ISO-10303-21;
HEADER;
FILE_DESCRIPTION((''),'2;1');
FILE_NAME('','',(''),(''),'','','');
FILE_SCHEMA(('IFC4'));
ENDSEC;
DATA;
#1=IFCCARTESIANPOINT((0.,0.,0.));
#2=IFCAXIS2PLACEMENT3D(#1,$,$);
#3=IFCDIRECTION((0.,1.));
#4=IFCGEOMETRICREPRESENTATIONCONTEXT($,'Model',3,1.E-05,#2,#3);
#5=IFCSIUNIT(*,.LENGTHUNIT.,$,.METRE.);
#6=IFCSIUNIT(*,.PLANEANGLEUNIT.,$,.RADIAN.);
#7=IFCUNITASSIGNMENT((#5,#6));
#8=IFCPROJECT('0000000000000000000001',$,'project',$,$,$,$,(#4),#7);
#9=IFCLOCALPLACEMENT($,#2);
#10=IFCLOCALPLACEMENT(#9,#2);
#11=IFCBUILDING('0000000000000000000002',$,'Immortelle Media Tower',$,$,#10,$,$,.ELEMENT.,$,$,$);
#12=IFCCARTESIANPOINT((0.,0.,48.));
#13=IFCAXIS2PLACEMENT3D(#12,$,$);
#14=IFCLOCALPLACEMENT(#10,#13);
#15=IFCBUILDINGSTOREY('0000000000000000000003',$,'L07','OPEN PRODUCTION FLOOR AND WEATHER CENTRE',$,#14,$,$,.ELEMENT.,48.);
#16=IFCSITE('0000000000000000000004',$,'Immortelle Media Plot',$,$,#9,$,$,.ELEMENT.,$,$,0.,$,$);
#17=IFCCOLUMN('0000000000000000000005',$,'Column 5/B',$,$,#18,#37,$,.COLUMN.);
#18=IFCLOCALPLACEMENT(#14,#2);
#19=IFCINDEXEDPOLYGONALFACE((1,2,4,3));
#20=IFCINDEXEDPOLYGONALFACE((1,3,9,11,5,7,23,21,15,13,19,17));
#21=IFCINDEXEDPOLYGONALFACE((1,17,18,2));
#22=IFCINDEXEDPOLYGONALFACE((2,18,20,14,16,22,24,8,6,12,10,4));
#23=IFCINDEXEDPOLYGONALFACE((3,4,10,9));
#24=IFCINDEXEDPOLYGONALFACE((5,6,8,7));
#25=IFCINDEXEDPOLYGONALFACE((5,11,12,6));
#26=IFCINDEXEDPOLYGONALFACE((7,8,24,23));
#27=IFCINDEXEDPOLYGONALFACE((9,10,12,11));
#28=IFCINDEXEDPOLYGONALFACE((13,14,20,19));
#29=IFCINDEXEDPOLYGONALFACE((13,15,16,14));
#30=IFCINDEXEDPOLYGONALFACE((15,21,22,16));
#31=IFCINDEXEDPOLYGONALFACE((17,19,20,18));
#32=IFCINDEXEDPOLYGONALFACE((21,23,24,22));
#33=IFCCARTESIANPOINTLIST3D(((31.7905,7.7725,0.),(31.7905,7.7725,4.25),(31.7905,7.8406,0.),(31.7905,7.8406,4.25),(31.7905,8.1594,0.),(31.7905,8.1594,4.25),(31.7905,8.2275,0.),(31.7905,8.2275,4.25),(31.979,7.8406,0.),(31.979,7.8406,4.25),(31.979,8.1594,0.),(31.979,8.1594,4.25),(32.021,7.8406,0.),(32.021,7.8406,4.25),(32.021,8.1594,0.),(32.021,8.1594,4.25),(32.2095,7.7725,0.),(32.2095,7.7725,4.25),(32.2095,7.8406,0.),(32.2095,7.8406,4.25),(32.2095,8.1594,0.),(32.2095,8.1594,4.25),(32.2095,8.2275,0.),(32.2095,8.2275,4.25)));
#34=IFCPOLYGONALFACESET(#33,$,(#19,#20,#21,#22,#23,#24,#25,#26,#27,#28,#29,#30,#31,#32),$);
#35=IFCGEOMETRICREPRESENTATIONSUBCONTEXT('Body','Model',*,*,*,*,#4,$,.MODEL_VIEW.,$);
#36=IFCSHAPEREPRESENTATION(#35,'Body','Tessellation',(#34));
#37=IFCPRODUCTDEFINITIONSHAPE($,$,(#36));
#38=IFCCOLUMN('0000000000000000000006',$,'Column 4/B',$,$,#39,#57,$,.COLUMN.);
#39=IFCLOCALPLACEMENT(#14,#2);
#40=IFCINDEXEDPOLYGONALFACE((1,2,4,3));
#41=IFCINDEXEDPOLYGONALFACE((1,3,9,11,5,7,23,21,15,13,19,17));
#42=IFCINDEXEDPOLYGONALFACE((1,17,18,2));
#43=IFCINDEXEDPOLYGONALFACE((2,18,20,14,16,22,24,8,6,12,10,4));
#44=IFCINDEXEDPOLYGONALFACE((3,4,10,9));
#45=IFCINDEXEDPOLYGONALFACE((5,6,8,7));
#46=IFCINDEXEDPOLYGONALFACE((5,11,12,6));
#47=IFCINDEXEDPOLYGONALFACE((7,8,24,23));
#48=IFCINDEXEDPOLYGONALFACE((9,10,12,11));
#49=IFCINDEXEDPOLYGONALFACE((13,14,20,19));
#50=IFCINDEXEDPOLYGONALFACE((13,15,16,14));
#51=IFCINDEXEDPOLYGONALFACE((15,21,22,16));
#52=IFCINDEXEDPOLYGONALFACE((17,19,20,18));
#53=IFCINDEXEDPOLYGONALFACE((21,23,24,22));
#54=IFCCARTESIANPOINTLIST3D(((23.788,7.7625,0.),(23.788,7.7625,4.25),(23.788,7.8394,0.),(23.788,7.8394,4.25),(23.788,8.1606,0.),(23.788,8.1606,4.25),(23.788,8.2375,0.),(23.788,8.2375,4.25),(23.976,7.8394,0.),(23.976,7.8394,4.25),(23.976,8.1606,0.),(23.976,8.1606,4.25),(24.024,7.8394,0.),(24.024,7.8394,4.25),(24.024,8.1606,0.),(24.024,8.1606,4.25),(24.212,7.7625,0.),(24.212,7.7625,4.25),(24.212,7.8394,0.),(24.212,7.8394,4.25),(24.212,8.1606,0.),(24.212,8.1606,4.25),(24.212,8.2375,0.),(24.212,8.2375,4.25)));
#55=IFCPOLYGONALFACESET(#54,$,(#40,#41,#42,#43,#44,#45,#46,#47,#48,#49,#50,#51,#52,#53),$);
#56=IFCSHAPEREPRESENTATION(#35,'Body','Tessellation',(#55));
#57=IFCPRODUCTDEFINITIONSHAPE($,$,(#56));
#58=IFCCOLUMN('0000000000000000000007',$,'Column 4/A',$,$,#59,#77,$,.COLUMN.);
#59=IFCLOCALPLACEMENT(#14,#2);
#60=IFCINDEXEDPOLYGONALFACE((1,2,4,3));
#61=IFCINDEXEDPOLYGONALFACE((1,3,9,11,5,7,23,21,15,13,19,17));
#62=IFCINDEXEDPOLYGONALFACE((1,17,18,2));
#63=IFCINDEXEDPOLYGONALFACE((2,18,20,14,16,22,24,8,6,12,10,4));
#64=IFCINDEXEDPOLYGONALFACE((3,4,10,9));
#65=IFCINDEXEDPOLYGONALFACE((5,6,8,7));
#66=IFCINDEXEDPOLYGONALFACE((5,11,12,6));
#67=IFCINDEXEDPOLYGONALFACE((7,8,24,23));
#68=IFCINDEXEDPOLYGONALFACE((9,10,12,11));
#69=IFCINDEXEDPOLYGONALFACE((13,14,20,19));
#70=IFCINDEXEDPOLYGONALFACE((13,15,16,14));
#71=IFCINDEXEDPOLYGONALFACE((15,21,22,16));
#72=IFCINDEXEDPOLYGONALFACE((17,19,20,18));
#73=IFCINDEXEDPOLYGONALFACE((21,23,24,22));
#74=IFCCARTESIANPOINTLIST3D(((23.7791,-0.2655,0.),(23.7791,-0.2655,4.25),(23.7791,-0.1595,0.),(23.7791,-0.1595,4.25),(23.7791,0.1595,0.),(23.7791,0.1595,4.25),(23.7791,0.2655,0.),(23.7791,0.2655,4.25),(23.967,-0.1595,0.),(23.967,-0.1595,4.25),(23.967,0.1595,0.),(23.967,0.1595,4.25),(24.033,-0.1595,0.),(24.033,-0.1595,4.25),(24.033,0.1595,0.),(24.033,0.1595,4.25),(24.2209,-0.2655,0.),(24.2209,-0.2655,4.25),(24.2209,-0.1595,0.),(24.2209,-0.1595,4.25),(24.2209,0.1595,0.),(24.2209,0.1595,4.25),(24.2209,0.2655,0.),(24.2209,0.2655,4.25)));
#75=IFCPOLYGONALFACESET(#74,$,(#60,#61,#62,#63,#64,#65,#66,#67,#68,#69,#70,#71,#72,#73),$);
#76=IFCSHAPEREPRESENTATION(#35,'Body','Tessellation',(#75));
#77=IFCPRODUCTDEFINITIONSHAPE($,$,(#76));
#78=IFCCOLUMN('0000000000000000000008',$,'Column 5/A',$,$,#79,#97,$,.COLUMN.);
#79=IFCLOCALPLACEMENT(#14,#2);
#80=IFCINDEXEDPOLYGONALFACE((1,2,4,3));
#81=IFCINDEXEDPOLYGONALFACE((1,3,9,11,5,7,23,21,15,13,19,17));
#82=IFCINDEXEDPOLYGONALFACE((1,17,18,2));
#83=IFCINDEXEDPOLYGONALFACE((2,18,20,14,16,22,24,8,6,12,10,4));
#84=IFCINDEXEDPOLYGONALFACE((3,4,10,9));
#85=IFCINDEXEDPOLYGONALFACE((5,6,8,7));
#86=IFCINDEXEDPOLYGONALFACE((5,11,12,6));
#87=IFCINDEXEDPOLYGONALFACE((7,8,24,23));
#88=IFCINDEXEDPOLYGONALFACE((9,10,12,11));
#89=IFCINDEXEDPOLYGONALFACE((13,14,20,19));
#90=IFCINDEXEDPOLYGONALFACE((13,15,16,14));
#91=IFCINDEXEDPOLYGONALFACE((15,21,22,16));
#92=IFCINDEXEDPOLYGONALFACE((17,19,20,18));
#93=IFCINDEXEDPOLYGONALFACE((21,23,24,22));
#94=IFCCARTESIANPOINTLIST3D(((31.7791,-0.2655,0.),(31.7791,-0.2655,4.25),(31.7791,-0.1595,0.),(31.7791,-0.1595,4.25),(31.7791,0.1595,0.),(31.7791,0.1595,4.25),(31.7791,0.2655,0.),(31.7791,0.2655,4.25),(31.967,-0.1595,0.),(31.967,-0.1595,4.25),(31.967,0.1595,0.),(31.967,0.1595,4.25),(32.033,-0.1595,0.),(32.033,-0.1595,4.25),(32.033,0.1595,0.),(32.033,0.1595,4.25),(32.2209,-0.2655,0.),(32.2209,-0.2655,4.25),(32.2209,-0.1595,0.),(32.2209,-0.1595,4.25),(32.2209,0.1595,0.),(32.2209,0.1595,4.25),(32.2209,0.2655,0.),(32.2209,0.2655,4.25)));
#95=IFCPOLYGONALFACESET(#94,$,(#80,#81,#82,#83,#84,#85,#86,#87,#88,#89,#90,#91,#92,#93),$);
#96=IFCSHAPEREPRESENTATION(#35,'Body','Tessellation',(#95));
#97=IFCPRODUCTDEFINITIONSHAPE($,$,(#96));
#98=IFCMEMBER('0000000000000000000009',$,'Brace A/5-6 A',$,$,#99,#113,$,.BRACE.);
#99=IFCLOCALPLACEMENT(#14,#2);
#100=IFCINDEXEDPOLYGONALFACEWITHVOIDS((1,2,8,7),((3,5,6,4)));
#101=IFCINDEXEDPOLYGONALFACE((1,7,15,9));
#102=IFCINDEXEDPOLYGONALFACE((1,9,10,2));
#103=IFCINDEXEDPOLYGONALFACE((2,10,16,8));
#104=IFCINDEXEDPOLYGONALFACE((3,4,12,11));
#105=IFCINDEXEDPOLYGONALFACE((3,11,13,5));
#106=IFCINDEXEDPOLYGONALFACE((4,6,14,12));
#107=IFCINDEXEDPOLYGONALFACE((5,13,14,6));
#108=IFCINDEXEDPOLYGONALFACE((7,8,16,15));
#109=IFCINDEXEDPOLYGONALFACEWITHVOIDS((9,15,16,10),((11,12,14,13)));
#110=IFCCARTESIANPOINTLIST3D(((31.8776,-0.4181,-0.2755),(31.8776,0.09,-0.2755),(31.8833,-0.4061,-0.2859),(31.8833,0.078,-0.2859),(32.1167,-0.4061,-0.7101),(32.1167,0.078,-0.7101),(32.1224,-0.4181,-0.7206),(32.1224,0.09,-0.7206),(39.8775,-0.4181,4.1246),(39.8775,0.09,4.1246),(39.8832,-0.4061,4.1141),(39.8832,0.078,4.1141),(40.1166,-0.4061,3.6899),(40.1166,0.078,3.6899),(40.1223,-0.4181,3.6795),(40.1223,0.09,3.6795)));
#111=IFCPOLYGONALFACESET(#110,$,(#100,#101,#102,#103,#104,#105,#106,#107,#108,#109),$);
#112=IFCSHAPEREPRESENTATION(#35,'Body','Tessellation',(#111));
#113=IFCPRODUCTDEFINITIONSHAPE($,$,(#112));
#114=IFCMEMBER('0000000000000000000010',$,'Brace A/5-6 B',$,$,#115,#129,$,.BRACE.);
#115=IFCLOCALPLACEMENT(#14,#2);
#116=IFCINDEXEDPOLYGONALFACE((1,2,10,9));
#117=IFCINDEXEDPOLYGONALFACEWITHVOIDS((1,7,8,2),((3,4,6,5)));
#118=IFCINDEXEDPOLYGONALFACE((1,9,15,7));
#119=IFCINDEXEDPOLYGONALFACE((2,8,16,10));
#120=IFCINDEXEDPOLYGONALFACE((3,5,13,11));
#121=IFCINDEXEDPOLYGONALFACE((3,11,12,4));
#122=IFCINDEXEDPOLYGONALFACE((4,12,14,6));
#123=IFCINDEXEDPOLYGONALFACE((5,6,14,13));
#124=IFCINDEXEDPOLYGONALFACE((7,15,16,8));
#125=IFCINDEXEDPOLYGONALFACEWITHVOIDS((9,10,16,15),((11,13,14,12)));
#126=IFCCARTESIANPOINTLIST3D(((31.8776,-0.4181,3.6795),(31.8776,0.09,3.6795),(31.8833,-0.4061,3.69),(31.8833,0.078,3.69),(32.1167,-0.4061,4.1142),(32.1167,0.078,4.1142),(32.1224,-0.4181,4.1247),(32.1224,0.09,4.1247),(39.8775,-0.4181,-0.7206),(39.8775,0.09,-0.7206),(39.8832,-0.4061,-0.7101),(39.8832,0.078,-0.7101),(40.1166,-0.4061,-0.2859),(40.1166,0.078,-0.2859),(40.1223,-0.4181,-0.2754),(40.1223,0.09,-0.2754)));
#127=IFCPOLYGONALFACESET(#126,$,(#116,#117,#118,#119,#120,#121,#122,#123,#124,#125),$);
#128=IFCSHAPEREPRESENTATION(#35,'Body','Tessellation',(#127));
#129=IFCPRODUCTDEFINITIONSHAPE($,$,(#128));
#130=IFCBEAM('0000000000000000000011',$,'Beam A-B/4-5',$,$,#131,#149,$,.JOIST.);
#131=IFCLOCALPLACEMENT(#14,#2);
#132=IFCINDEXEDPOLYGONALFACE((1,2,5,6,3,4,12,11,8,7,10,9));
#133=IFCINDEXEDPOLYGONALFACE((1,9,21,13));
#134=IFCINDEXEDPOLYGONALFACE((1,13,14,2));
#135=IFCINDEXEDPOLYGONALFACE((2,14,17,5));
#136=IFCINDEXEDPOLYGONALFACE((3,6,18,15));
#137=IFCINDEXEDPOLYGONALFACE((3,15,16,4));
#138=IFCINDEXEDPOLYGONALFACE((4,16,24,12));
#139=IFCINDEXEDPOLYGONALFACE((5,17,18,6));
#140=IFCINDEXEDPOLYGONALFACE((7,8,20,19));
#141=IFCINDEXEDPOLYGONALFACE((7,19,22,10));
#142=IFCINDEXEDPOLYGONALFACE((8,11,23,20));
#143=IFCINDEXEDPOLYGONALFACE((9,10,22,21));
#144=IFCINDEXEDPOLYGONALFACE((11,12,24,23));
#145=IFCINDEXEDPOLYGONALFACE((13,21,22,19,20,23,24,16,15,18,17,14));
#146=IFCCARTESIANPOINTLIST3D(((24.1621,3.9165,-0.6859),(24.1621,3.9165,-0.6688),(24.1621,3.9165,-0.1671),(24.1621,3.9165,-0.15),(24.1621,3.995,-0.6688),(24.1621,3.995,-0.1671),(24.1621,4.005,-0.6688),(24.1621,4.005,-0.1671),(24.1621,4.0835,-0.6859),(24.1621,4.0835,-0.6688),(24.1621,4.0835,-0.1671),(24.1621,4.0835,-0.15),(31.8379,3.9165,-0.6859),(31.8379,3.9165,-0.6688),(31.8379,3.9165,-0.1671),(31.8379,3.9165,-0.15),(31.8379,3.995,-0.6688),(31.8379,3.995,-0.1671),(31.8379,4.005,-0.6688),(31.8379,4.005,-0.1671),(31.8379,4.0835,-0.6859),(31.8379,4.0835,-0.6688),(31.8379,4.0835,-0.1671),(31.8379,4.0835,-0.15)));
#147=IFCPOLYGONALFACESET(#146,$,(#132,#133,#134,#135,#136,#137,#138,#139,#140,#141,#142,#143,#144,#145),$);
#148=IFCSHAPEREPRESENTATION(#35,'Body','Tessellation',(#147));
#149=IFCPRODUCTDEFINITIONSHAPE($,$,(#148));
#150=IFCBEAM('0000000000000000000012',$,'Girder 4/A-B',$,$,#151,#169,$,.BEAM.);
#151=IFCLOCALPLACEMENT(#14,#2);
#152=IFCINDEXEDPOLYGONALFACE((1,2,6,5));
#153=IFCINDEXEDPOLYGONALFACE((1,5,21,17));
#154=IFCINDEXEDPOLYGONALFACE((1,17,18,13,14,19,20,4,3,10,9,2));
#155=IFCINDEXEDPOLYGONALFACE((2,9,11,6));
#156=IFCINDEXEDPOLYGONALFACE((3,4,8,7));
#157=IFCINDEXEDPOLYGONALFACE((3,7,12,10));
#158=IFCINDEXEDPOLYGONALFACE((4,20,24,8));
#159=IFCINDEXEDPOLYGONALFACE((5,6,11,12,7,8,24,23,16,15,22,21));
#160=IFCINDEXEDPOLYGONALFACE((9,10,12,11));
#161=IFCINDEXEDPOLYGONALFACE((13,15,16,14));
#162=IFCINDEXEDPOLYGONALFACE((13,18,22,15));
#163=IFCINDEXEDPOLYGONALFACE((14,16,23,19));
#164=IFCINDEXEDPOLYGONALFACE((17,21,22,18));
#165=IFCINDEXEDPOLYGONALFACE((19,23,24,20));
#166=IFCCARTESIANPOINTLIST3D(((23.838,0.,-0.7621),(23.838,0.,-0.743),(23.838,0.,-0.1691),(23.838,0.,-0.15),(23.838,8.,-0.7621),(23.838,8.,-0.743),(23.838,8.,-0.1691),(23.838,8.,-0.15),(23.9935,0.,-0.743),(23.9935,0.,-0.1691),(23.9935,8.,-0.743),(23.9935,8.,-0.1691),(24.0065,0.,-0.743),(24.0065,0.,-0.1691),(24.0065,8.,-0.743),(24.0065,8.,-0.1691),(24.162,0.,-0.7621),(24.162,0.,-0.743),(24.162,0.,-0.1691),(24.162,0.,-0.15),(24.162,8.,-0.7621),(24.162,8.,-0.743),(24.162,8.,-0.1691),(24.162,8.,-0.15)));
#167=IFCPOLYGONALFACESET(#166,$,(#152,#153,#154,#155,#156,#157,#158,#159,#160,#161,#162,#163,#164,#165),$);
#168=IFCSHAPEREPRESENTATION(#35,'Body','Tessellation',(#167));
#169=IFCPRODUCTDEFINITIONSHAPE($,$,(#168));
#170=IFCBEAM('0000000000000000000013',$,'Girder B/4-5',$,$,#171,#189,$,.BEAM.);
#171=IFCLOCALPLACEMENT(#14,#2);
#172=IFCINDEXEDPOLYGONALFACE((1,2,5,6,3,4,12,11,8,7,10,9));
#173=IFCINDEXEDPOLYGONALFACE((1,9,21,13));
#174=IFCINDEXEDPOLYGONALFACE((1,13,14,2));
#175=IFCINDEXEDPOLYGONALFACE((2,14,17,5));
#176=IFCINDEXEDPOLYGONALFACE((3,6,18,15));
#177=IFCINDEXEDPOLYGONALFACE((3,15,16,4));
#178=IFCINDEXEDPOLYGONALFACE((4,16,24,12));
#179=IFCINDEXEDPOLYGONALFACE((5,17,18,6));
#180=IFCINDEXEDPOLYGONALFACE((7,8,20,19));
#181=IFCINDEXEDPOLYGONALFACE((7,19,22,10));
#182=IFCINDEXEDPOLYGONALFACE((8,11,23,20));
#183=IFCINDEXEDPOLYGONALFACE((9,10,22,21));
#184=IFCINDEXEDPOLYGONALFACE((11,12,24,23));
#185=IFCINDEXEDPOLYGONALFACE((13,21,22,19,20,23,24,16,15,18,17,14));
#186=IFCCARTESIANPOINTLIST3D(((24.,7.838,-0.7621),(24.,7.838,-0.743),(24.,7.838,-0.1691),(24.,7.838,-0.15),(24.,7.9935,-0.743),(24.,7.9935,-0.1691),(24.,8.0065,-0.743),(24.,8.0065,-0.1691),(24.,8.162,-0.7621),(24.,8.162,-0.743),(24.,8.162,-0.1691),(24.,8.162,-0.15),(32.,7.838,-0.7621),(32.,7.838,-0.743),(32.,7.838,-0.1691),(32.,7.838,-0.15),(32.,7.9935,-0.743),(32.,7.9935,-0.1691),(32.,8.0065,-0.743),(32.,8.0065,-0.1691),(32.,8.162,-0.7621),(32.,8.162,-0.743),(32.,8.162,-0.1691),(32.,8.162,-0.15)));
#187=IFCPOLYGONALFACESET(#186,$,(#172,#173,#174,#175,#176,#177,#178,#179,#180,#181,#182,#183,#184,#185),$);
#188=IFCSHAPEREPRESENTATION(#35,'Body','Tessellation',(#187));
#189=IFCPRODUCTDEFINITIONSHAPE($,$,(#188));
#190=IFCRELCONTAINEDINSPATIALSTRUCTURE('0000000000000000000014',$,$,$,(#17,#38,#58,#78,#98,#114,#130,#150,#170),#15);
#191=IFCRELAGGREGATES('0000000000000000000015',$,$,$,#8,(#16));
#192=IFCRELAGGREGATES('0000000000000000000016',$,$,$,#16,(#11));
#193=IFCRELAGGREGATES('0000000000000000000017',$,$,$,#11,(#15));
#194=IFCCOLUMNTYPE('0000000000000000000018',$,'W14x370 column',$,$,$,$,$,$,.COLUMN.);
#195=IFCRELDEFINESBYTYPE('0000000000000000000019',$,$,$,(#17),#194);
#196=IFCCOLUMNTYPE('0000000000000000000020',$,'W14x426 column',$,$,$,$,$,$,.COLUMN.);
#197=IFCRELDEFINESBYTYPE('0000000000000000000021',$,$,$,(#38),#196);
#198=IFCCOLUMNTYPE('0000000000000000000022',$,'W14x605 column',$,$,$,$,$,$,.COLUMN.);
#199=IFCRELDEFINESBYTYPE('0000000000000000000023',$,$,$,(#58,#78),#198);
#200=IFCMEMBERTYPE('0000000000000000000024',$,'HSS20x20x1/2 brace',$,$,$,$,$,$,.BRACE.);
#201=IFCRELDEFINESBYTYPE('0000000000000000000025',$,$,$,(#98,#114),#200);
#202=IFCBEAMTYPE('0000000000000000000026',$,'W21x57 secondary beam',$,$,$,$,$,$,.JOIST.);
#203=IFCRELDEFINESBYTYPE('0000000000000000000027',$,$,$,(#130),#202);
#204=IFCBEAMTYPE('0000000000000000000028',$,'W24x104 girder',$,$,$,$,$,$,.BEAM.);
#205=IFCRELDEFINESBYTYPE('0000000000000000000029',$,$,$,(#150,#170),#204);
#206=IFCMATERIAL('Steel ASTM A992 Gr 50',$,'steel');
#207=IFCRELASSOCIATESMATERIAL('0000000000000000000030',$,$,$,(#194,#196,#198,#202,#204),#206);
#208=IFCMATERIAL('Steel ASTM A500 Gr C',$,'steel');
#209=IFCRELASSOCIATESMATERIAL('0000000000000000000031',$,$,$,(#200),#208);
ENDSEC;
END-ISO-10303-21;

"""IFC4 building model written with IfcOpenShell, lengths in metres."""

from ifc_helpers import new_model, si_unit, direction, frame, origin, origin_2d, place, context, subcontext, project, spatial, hollow_rectangle, i_section, extrude, material, material_profile, profile_set, type_object, element, save


model = new_model("IFC4")

# Units and contexts
model_context = context("Model", 3, precision=1e-05, world=origin(), true_north=direction((0.0, 1.0)))
body_context = subcontext(model_context, "Body", "Model", "MODEL_VIEW")
ifc_project = project(units=[si_unit("LENGTHUNIT", "METRE"), si_unit("PLANEANGLEUNIT", "RADIAN")], contexts=[model_context])

# Site, building, storey
site_placement = place(None, origin())
site = spatial("IfcSite", under=ifc_project, at=site_placement, Name="Immortelle Media Plot", CompositionType="ELEMENT", RefElevation=0.0)
building_placement = place(site_placement, origin())
building = spatial("IfcBuilding", under=site, at=building_placement, Name="Immortelle Media Tower", CompositionType="ELEMENT")
storey_placement = place(building_placement, frame((0.0, 0.0, 48.0)))
storey = spatial("IfcBuildingStorey", under=building, at=storey_placement, Name="L07", Description="OPEN PRODUCTION FLOOR AND WEATHER CENTRE", CompositionType="ELEMENT", Elevation=48.0)

# Columns
ifc_material_1 = material(Name="Steel ASTM A992 Gr 50", Category="steel")
ifc_material_profile_1 = material_profile(ifc_material_1, i_section(OverallWidth=0.4189, OverallDepth=0.4551, WebThickness=0.042, FlangeThickness=0.0681, at=origin_2d()), Name="W14x370")
ifc_profile_set_1 = profile_set([ifc_material_profile_1], Name="Steel ASTM A992 Gr 50")
column_type_1 = type_object("IfcColumnType", Name="W14x370 column", PredefinedType="COLUMN", material=ifc_profile_set_1)
column_1_placement = place(storey_placement, frame((32.0, 8.0, 0.0), z_axis=(0.0, 0.0, 1.0), x_axis=(1.0, 0.0, 0.0)))
element("IfcColumn", 1, at=column_1_placement, inside=storey, type_object=column_type_1, Name="Column 5/B", PredefinedType="COLUMN", context=body_context, shape_type="SweptSolid", body=[
    extrude(i_section(OverallWidth=0.4189, OverallDepth=0.4551, WebThickness=0.042, FlangeThickness=0.0681, at=origin_2d()), origin(), (0.0, 0.0, 1.0), 4.25),
])
ifc_material_profile_2 = material_profile(ifc_material_1, i_section(OverallWidth=0.4241, OverallDepth=0.4751, WebThickness=0.0481, FlangeThickness=0.0769, at=origin_2d()), Name="W14x426")
ifc_profile_set_2 = profile_set([ifc_material_profile_2], Name="Steel ASTM A992 Gr 50")
column_type_2 = type_object("IfcColumnType", Name="W14x426 column", PredefinedType="COLUMN", material=ifc_profile_set_2)
column_2_placement = place(storey_placement, frame((24.0, 8.0, 0.0), z_axis=(0.0, 0.0, 1.0), x_axis=(1.0, 0.0, 0.0)))
element("IfcColumn", 2, at=column_2_placement, inside=storey, type_object=column_type_2, Name="Column 4/B", PredefinedType="COLUMN", context=body_context, shape_type="SweptSolid", body=[
    extrude(i_section(OverallWidth=0.4241, OverallDepth=0.4751, WebThickness=0.0481, FlangeThickness=0.0769, at=origin_2d()), origin(), (0.0, 0.0, 1.0), 4.25),
])
ifc_material_profile_3 = material_profile(ifc_material_1, i_section(OverallWidth=0.4419, OverallDepth=0.531, WebThickness=0.0659, FlangeThickness=0.106, at=origin_2d()), Name="W14x605")
ifc_profile_set_3 = profile_set([ifc_material_profile_3], Name="Steel ASTM A992 Gr 50")
column_type_3 = type_object("IfcColumnType", Name="W14x605 column", PredefinedType="COLUMN", material=ifc_profile_set_3)
for number, where, z_axis, x_axis, name in (
    (3, (24.0, 0.0, 0.0), (0.0, 0.0, 1.0), (1.0, 0.0, 0.0), "Column 4/A"),
    (4, (32.0, 0.0, 0.0), (0.0, 0.0, 1.0), (1.0, 0.0, 0.0), "Column 5/A"),
):
    element("IfcColumn", number, at=place(storey_placement, frame(where, z_axis=z_axis, x_axis=x_axis)), inside=storey, type_object=column_type_3, Name=name, PredefinedType="COLUMN", context=body_context, shape_type="SweptSolid", body=[
        extrude(i_section(OverallWidth=0.4419, OverallDepth=0.531, WebThickness=0.0659, FlangeThickness=0.106, at=origin_2d()), origin(), (0.0, 0.0, 1.0), 4.25),
    ])

# Members
ifc_material_2 = material(Name="Steel ASTM A500 Gr C", Category="steel")
ifc_material_profile_4 = material_profile(ifc_material_2, hollow_rectangle(XDim=0.5081, YDim=0.5081, WallThickness=0.012, at=origin_2d()), Name="HSS20x20x1/2 brace")
ifc_profile_set_4 = profile_set([ifc_material_profile_4], Name="Steel ASTM A500 Gr C")
member_type = type_object("IfcMemberType", Name="HSS20x20x1/2 brace", PredefinedType="BRACE", material=ifc_profile_set_4)
for number, where, z_axis, x_axis, name in (
    (5, (32.0, -0.1641, -0.498), (0.876209, 0.0, 0.481931), (0.0, 1.0, 0.0), "Brace A/5-6 A"),
    (6, (32.0, -0.1641, 3.9021), (0.876209, 0.0, -0.481931), (0.0, 1.0, 0.0), "Brace A/5-6 B"),
):
    element("IfcMember", number, at=place(storey_placement, frame(where, z_axis=z_axis, x_axis=x_axis)), inside=storey, type_object=member_type, Name=name, PredefinedType="BRACE", context=body_context, shape_type="SweptSolid", body=[
        extrude(hollow_rectangle(XDim=0.5081, YDim=0.5081, WallThickness=0.012, at=origin_2d()), origin(), (0.0, 0.0, 1.0), 9.1301),
    ])

# Beams
ifc_material_profile_5 = material_profile(ifc_material_1, i_section(OverallWidth=0.167, OverallDepth=0.5359, WebThickness=0.01, FlangeThickness=0.0171, at=origin_2d()), Name="W21x57")
ifc_profile_set_5 = profile_set([ifc_material_profile_5], Name="Steel ASTM A992 Gr 50")
beam_type_1 = type_object("IfcBeamType", Name="W21x57 secondary beam", PredefinedType="JOIST", material=ifc_profile_set_5)
beam_placement = place(storey_placement, frame((24.1621, 4.0, -0.418), z_axis=(1.0, 0.0, 0.0), x_axis=(0.0, 1.0, 0.0)))
element("IfcBeam", 7, at=beam_placement, inside=storey, type_object=beam_type_1, Name="Beam A-B/4-5", PredefinedType="JOIST", context=body_context, shape_type="SweptSolid", body=[
    extrude(i_section(OverallWidth=0.167, OverallDepth=0.5359, WebThickness=0.01, FlangeThickness=0.0171, at=origin_2d()), origin(), (0.0, 0.0, 1.0), 7.6758),
])
ifc_material_profile_6 = material_profile(ifc_material_1, i_section(OverallWidth=0.324, OverallDepth=0.6121, WebThickness=0.0129, FlangeThickness=0.019, at=origin_2d()), Name="W24x104")
ifc_profile_set_6 = profile_set([ifc_material_profile_6], Name="Steel ASTM A992 Gr 50")
beam_type_2 = type_object("IfcBeamType", Name="W24x104 girder", PredefinedType="BEAM", material=ifc_profile_set_6)
for number, where, z_axis, x_axis, name in (
    (8, (24.0, 0.0, -0.4561), (0.0, 1.0, 0.0), (-1.0, 0.0, 0.0), "Girder 4/A-B"),
    (9, (24.0, 8.0, -0.4561), (1.0, 0.0, 0.0), (0.0, 1.0, 0.0), "Girder B/4-5"),
):
    element("IfcBeam", number, at=place(storey_placement, frame(where, z_axis=z_axis, x_axis=x_axis)), inside=storey, type_object=beam_type_2, Name=name, PredefinedType="BEAM", context=body_context, shape_type="SweptSolid", body=[
        extrude(i_section(OverallWidth=0.324, OverallDepth=0.6121, WebThickness=0.0129, FlangeThickness=0.019, at=origin_2d()), origin(), (0.0, 0.0, 1.0), 8.0),
    ])

save(model, "model.ifc")
